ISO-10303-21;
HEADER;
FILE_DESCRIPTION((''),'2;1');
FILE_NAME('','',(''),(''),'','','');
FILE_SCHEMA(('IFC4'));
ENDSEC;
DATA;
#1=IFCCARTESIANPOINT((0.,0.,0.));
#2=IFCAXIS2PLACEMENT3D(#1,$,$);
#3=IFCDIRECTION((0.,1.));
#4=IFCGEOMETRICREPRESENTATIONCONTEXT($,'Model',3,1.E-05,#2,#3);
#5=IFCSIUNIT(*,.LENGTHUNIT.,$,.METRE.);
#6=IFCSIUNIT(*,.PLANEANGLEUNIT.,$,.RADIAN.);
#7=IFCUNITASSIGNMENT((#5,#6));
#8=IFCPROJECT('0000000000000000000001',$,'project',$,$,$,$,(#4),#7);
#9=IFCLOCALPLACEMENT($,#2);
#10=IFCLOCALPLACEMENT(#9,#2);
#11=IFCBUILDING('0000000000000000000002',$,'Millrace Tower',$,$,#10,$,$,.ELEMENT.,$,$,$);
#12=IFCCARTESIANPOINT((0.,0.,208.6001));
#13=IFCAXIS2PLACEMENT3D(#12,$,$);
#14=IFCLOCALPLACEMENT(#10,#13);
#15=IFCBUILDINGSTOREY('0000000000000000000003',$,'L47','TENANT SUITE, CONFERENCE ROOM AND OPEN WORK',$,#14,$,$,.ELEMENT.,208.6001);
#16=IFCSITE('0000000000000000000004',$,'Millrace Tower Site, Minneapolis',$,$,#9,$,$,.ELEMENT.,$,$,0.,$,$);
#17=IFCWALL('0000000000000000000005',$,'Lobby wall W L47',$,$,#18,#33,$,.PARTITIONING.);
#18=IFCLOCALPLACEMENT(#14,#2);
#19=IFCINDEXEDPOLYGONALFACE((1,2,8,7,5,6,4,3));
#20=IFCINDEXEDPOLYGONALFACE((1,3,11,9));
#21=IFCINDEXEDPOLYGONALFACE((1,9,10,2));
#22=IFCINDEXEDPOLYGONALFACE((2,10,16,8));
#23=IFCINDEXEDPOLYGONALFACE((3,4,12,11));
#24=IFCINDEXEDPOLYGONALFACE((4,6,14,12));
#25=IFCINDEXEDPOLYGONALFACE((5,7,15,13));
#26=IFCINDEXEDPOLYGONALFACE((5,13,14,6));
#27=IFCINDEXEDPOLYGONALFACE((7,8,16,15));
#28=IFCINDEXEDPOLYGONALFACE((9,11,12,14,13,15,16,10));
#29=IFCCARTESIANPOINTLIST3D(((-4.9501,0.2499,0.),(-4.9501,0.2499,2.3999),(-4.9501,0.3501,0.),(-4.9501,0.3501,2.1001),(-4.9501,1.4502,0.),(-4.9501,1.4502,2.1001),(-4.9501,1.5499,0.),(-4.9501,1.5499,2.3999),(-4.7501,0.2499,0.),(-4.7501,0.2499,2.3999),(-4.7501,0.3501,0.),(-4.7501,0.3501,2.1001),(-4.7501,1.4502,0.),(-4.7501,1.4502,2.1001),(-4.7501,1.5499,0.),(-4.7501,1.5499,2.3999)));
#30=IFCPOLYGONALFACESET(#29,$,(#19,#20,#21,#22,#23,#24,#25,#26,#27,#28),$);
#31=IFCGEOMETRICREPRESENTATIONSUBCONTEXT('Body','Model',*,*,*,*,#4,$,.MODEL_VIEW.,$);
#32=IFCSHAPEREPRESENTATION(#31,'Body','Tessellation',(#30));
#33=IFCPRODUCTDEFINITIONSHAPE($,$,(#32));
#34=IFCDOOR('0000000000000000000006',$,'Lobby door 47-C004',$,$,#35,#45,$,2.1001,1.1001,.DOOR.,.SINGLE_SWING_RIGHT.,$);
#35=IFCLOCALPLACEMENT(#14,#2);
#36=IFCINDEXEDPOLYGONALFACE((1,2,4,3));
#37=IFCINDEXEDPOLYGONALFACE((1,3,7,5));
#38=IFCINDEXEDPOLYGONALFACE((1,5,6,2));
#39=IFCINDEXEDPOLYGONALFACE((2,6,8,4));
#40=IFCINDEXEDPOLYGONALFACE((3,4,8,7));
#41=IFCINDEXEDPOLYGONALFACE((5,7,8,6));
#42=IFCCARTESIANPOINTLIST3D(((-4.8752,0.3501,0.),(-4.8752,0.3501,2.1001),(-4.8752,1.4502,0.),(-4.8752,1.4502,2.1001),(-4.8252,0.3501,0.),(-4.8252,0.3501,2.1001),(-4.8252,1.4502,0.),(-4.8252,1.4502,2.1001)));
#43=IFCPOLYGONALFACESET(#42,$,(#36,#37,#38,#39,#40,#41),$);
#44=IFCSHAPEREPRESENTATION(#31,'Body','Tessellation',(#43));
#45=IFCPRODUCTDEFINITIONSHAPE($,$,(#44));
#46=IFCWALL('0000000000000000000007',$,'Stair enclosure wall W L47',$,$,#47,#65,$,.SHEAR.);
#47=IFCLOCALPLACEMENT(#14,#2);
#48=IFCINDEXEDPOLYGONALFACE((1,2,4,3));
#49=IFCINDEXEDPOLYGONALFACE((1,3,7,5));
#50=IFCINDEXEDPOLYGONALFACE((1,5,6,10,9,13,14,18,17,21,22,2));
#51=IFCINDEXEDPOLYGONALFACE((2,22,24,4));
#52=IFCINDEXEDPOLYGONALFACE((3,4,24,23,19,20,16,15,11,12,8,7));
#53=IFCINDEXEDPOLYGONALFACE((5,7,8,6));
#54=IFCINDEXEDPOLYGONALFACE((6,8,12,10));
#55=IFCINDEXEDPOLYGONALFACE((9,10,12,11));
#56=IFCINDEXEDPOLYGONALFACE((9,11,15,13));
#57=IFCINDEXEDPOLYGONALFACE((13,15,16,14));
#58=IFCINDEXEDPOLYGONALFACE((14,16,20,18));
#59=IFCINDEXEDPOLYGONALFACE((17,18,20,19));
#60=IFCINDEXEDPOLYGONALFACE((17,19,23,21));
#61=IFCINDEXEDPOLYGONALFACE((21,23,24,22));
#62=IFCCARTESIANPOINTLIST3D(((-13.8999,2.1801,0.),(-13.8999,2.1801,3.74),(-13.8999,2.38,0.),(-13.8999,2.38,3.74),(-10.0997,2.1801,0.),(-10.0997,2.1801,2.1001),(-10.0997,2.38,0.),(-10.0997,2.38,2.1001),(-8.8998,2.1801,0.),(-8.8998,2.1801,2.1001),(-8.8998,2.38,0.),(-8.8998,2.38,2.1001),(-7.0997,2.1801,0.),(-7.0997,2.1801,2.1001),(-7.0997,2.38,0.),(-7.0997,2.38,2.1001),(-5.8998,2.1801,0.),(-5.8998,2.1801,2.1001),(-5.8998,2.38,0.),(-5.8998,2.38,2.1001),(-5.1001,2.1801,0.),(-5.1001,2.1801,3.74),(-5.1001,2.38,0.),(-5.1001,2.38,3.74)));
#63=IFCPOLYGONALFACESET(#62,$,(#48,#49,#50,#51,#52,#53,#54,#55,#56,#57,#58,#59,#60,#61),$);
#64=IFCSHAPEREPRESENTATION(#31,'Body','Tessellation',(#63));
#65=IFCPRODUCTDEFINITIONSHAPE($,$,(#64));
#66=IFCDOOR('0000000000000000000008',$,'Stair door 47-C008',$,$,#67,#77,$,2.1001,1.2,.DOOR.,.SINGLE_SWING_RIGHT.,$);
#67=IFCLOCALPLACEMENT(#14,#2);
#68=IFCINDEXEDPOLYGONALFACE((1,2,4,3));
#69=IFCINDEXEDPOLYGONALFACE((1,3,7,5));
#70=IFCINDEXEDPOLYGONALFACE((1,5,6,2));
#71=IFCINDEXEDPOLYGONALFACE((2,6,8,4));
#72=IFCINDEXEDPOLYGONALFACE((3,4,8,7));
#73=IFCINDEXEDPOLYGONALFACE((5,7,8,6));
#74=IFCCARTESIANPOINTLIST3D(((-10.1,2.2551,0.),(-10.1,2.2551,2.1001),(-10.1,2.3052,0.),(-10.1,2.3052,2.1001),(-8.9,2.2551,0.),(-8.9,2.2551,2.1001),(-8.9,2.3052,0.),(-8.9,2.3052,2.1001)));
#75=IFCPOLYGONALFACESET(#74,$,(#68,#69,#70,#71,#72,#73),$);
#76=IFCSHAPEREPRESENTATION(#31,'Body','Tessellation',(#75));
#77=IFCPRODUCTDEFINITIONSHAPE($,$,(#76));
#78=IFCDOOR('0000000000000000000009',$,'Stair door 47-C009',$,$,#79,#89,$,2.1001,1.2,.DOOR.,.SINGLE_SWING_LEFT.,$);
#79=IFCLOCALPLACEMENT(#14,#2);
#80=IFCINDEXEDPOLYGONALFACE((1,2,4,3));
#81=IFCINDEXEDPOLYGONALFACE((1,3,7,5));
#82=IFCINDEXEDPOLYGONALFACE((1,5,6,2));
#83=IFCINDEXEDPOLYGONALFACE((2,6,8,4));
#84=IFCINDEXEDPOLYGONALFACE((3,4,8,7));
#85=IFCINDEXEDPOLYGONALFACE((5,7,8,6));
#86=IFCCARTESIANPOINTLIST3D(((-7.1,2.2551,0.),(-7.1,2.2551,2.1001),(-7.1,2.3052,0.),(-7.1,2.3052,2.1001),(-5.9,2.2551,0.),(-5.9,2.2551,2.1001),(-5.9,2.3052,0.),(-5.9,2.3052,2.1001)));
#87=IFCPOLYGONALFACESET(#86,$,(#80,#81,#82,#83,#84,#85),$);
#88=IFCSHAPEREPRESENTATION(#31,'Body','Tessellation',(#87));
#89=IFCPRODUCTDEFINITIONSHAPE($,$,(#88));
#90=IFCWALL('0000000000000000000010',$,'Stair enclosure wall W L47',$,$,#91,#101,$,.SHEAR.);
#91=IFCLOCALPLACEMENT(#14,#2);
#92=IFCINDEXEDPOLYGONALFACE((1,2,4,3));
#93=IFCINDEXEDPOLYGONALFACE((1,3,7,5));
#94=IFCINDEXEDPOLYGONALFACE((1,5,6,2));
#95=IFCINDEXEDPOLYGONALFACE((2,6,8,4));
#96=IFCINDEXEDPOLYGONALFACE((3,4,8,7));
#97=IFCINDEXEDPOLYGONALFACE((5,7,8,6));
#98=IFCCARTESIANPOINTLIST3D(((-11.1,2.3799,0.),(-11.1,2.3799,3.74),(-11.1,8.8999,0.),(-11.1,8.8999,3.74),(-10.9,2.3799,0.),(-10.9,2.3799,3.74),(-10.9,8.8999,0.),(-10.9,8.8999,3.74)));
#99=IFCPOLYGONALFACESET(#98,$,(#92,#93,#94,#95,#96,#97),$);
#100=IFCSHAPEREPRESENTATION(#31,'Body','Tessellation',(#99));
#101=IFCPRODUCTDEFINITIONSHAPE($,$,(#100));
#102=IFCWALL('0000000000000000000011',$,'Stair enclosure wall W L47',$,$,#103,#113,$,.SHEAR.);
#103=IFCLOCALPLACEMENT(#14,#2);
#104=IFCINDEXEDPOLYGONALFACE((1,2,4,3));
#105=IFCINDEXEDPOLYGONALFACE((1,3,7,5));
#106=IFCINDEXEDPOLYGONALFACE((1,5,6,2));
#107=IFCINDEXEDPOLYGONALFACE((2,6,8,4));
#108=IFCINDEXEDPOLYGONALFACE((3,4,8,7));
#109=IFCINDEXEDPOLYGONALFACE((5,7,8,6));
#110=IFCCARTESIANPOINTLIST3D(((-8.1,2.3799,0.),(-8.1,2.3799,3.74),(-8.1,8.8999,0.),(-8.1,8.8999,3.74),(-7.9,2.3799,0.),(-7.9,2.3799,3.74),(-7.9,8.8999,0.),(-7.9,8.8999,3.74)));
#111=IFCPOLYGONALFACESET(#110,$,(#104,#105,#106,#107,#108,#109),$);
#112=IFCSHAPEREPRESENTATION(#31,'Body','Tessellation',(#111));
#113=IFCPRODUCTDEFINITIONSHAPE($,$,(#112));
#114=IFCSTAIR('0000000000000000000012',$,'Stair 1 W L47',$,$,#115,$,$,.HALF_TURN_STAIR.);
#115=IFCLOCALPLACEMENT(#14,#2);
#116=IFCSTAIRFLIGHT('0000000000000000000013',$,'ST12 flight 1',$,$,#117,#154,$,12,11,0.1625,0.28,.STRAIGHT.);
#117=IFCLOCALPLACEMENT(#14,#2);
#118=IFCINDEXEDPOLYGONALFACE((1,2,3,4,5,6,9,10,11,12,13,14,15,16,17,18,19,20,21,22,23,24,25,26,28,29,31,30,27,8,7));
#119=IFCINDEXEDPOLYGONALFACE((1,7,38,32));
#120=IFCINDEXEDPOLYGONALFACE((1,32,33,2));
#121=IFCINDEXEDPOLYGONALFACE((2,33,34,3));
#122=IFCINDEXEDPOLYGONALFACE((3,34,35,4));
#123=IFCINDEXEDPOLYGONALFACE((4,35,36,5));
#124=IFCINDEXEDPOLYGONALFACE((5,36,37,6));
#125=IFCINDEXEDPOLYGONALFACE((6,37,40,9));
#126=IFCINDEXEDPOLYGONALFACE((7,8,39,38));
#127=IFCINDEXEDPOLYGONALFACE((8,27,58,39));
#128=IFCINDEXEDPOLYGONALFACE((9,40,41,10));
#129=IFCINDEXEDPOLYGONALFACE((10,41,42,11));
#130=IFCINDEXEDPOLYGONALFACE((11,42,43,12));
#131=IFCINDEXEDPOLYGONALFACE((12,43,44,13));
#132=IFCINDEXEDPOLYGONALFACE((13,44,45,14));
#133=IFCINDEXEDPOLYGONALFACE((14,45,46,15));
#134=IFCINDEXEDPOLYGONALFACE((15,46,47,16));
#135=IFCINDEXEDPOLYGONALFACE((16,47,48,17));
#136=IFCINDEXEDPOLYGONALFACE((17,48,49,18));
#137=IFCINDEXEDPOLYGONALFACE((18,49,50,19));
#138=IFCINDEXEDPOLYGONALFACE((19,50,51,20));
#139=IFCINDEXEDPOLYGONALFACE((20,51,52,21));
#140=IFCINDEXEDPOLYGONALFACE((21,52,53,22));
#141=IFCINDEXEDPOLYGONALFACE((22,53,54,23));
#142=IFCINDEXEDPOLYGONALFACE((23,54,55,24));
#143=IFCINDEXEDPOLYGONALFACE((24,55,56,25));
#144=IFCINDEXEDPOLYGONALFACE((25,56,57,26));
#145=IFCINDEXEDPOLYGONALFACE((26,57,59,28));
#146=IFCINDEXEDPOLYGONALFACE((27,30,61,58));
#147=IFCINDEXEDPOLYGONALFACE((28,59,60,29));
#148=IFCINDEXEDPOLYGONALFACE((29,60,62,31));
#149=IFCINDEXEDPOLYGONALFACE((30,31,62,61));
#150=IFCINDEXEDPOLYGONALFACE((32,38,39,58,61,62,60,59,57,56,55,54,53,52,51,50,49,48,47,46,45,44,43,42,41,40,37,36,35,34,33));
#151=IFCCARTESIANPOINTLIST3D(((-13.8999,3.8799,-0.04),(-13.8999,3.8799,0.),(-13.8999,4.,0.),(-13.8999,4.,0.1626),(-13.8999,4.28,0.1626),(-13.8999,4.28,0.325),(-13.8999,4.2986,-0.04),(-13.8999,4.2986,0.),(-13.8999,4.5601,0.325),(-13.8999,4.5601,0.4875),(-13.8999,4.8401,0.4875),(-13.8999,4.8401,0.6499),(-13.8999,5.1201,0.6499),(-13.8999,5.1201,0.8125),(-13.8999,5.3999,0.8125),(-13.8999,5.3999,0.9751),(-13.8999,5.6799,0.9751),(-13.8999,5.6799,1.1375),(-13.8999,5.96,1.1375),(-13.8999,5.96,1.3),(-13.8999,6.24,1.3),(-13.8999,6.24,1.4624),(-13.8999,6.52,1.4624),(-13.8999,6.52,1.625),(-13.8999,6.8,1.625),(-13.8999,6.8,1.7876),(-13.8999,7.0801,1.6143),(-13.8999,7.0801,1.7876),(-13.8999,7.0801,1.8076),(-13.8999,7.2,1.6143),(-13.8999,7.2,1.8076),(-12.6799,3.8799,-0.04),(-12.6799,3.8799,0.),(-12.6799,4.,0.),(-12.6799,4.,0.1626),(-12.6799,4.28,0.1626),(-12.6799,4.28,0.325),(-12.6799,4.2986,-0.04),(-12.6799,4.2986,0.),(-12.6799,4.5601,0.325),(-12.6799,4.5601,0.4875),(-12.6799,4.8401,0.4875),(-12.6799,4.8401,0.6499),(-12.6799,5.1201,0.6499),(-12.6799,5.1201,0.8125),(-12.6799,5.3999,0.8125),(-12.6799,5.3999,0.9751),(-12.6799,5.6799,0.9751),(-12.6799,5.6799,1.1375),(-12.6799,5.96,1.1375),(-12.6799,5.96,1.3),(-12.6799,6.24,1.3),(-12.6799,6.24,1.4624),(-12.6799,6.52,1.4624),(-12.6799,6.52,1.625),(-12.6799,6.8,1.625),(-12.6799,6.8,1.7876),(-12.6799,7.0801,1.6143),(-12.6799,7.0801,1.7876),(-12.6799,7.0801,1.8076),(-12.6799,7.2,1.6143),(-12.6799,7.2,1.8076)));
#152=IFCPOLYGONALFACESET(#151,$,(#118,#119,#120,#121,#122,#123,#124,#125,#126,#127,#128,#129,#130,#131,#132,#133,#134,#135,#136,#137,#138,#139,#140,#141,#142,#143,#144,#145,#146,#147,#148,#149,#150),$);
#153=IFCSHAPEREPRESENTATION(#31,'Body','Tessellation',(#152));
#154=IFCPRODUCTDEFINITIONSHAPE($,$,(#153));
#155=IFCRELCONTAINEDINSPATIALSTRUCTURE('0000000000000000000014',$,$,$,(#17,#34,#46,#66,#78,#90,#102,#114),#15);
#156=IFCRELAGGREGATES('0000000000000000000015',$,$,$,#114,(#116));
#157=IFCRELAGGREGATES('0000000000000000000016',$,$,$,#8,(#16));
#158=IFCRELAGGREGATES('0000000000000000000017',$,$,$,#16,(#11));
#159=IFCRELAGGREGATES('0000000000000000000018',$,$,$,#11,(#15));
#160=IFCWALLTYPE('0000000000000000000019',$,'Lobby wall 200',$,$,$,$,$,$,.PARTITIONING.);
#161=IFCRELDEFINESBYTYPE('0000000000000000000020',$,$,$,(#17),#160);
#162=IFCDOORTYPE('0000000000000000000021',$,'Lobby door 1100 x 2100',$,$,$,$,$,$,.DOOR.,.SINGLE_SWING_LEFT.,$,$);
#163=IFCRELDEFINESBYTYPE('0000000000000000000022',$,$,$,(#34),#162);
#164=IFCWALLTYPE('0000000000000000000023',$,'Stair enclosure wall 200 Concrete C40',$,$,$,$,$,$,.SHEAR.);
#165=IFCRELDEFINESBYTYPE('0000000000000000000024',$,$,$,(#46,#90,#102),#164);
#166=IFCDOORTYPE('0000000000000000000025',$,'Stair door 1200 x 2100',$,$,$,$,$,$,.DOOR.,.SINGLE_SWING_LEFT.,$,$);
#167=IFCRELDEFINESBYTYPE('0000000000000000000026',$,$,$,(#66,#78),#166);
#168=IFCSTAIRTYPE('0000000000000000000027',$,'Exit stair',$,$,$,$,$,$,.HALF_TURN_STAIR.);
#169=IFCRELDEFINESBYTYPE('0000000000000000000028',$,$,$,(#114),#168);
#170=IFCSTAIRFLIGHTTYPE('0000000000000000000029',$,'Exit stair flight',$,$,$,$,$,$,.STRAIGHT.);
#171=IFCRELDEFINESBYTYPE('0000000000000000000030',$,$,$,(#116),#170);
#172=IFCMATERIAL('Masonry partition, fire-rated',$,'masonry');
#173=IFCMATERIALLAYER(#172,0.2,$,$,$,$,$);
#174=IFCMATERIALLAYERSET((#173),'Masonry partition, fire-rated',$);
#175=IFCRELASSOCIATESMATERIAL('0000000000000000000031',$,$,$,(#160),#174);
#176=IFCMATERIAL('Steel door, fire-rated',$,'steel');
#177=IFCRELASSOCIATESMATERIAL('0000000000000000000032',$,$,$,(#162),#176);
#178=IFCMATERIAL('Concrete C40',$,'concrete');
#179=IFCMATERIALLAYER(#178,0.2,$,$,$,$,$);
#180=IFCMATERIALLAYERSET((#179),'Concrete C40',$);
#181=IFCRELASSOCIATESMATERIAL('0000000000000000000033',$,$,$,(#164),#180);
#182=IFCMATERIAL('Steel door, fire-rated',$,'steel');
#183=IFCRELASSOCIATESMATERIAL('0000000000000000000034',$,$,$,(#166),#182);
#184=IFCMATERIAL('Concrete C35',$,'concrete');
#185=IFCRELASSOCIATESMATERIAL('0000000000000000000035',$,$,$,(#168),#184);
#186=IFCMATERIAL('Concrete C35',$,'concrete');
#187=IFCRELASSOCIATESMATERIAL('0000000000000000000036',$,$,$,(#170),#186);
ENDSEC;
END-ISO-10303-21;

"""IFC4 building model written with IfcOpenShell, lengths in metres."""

from ifc_helpers import new_model, si_unit, direction, frame, frame_2d, origin, place, context, subcontext, project, spatial, polyline, rectangle, outline, extrude, material, layer, layer_set, type_object, element, fill, aggregate, save


model = new_model("IFC4")

# Units and contexts
model_context = context("Model", 3, precision=1e-05, world=origin(), true_north=direction((0.0, 1.0)))
body_context = subcontext(model_context, "Body", "Model", "MODEL_VIEW")
ifc_project = project(units=[si_unit("LENGTHUNIT", "METRE"), si_unit("PLANEANGLEUNIT", "RADIAN")], contexts=[model_context])

# Site, building, storey
site_placement = place(None, origin())
site = spatial("IfcSite", under=ifc_project, at=site_placement, Name="Millrace Tower Site, Minneapolis", CompositionType="ELEMENT", RefElevation=0.0)
building_placement = place(site_placement, origin())
building = spatial("IfcBuilding", under=site, at=building_placement, Name="Millrace Tower", CompositionType="ELEMENT")
storey_placement = place(building_placement, frame((0.0, 0.0, 208.6001)))
storey = spatial("IfcBuildingStorey", under=building, at=storey_placement, Name="L47", Description="TENANT SUITE, CONFERENCE ROOM AND OPEN WORK", CompositionType="ELEMENT", Elevation=208.6001)

# Wall, opening, door
ifc_material_1 = material(Name="Masonry partition, fire-rated", Category="masonry")
ifc_layer_1 = layer(ifc_material_1, 0.2)
ifc_layer_set_1 = layer_set([ifc_layer_1], Name="Masonry partition, fire-rated")
wall_type_1 = type_object("IfcWallType", Name="Lobby wall 200", PredefinedType="PARTITIONING", material=ifc_layer_set_1)
wall_1_placement = place(storey_placement, frame((-4.8501, 0.25, 0.0), z_axis=(0.0, 0.0, 1.0), x_axis=(0.0, 1.0, 0.0)))
wall_1 = element("IfcWall", 1, at=wall_1_placement, inside=storey, type_object=wall_type_1, Name="Lobby wall W L47", PredefinedType="PARTITIONING", context=body_context, shape_type="SweptSolid", body=[
    extrude(rectangle(XDim=1.3, YDim=0.2, at=frame_2d((0.6499, 0.0))), origin(), (0.0, 0.0, 1.0), 2.3999),
])
opening_1_placement = place(wall_1_placement, frame((0.1001, 0.0, 0.0)))
opening_1 = element("IfcOpeningElement", 2, at=opening_1_placement, cuts=wall_1, PredefinedType="OPENING", context=body_context, shape_type="SweptSolid", body=[
    extrude(rectangle(XDim=1.1001, YDim=2.1001, at=frame_2d((0.55, 1.05))), frame((0.0, 0.1099, 0.0), z_axis=(0.0, -1.0, 0.0), x_axis=(1.0, 0.0, 0.0)), (0.0, 0.0, 1.0), 0.22),
])
ifc_material_2 = material(Name="Steel door, fire-rated", Category="steel")
door_type_1 = type_object("IfcDoorType", Name="Lobby door 1100 x 2100", OperationType="SINGLE_SWING_LEFT", PredefinedType="DOOR", material=ifc_material_2)
door_1_placement = place(opening_1_placement, frame((1.1001, 0.0, 0.0), z_axis=(0.0, 0.0, 1.0), x_axis=(-1.0, 0.0, 0.0)))
door_1 = element("IfcDoor", 3, at=door_1_placement, inside=storey, type_object=door_type_1, Name="Lobby door 47-C004", OperationType="SINGLE_SWING_RIGHT", OverallHeight=2.1001, OverallWidth=1.1001, PredefinedType="DOOR", context=body_context, shape_type="SweptSolid", body=[
    extrude(rectangle(XDim=1.1001, YDim=2.1001, at=frame_2d((0.55, 1.05))), frame((0.0, 0.0249, 0.0), z_axis=(0.0, -1.0, 0.0), x_axis=(1.0, 0.0, 0.0)), (0.0, 0.0, 1.0), 0.05),
])
fill(opening_1, door_1)

# Wall, openings, doors
ifc_material_3 = material(Name="Concrete C40", Category="concrete")
ifc_layer_2 = layer(ifc_material_3, 0.2)
ifc_layer_set_2 = layer_set([ifc_layer_2], Name="Concrete C40")
wall_type_2 = type_object("IfcWallType", Name="Stair enclosure wall 200 Concrete C40", PredefinedType="SHEAR", material=ifc_layer_set_2)
wall_2_placement = place(storey_placement, frame((-13.8999, 2.28, 0.0), z_axis=(0.0, 0.0, 1.0), x_axis=(1.0, 0.0, 0.0)))
wall_2 = element("IfcWall", 4, at=wall_2_placement, inside=storey, type_object=wall_type_2, Name="Stair enclosure wall W L47", PredefinedType="SHEAR", context=body_context, shape_type="SweptSolid", body=[
    extrude(rectangle(XDim=8.7998, YDim=0.2, at=frame_2d((4.3999, 0.0))), origin(), (0.0, 0.0, 1.0), 3.74),
])
opening_2_placement = place(wall_2_placement, frame((3.8, 0.0, 0.0)))
opening_2 = element("IfcOpeningElement", 5, at=opening_2_placement, cuts=wall_2, PredefinedType="OPENING", context=body_context, shape_type="SweptSolid", body=[
    extrude(rectangle(XDim=1.2, YDim=2.1001, at=frame_2d((0.6001, 1.05))), frame((0.0, 0.1099, 0.0), z_axis=(0.0, -1.0, 0.0), x_axis=(1.0, 0.0, 0.0)), (0.0, 0.0, 1.0), 0.22),
])
opening_3_placement = place(wall_2_placement, frame((6.8, 0.0, 0.0)))
opening_3 = element("IfcOpeningElement", 6, at=opening_3_placement, cuts=wall_2, PredefinedType="OPENING", context=body_context, shape_type="SweptSolid", body=[
    extrude(rectangle(XDim=1.2, YDim=2.1001, at=frame_2d((0.6001, 1.05))), frame((0.0, 0.1099, 0.0), z_axis=(0.0, -1.0, 0.0), x_axis=(1.0, 0.0, 0.0)), (0.0, 0.0, 1.0), 0.22),
])
ifc_material_4 = material(Name="Steel door, fire-rated", Category="steel")
door_type_2 = type_object("IfcDoorType", Name="Stair door 1200 x 2100", OperationType="SINGLE_SWING_LEFT", PredefinedType="DOOR", material=ifc_material_4)
door_2_placement = place(opening_2_placement, frame((1.2, 0.0, 0.0), z_axis=(0.0, 0.0, 1.0), x_axis=(-1.0, 0.0, 0.0)))
door_2 = element("IfcDoor", 7, at=door_2_placement, inside=storey, type_object=door_type_2, Name="Stair door 47-C008", OperationType="SINGLE_SWING_RIGHT", OverallHeight=2.1001, OverallWidth=1.2, PredefinedType="DOOR", context=body_context, shape_type="SweptSolid", body=[
    extrude(rectangle(XDim=1.2, YDim=2.1001, at=frame_2d((0.6001, 1.05))), frame((0.0, 0.0249, 0.0), z_axis=(0.0, -1.0, 0.0), x_axis=(1.0, 0.0, 0.0)), (0.0, 0.0, 1.0), 0.05),
])
fill(opening_2, door_2)
door_3_placement = place(opening_3_placement, frame((1.2, 0.0, 0.0), z_axis=(0.0, 0.0, 1.0), x_axis=(-1.0, 0.0, 0.0)))
door_3 = element("IfcDoor", 8, at=door_3_placement, inside=storey, type_object=door_type_2, Name="Stair door 47-C009", OperationType="SINGLE_SWING_LEFT", OverallHeight=2.1001, OverallWidth=1.2, PredefinedType="DOOR", context=body_context, shape_type="SweptSolid", body=[
    extrude(rectangle(XDim=1.2, YDim=2.1001, at=frame_2d((0.6001, 1.05))), frame((0.0, 0.0249, 0.0), z_axis=(0.0, -1.0, 0.0), x_axis=(1.0, 0.0, 0.0)), (0.0, 0.0, 1.0), 0.05),
])
fill(opening_3, door_3)

# Walls
for number, where, z_axis, x_axis, name in (
    (9, (-11.0, 2.3799, 0.0), (0.0, 0.0, 1.0), (0.0, 1.0, 0.0), "Stair enclosure wall W L47"),
    (10, (-8.0, 2.3799, 0.0), (0.0, 0.0, 1.0), (0.0, 1.0, 0.0), "Stair enclosure wall W L47"),
):
    element("IfcWall", number, at=place(storey_placement, frame(where, z_axis=z_axis, x_axis=x_axis)), inside=storey, type_object=wall_type_2, Name=name, PredefinedType="SHEAR", context=body_context, shape_type="SweptSolid", body=[
        extrude(rectangle(XDim=6.52, YDim=0.2, at=frame_2d((3.26, 0.0))), origin(), (0.0, 0.0, 1.0), 3.74),
    ])

# Stair, stair flight
ifc_material_5 = material(Name="Concrete C35", Category="concrete")
stair_type = type_object("IfcStairType", Name="Exit stair", PredefinedType="HALF_TURN_STAIR", material=ifc_material_5)
placement = place(storey_placement, origin())
stair_1 = element("IfcStair", 11, at=placement, inside=storey, type_object=stair_type, Name="Stair 1 W L47", PredefinedType="HALF_TURN_STAIR")
ifc_material_6 = material(Name="Concrete C35", Category="concrete")
stair_flight_type = type_object("IfcStairFlightType", Name="Exit stair flight", PredefinedType="STRAIGHT", material=ifc_material_6)
stair_flight_1_placement = place(storey_placement, frame((-13.29, 4.0, 0.0), z_axis=(0.0, 0.0, 1.0), x_axis=(0.0, 1.0, 0.0)))
stair_flight_1 = element("IfcStairFlight", 12, at=stair_flight_1_placement, type_object=stair_flight_type, Name="ST12 flight 1", NumberOfRisers=12, NumberOfTreads=11, PredefinedType="STRAIGHT", RiserHeight=0.1625, TreadLength=0.28, context=body_context, shape_type="SweptSolid", body=[
    extrude(outline(polyline([(-0.1201, -0.04), (-0.1201, 0.0), (0.0, 0.0), (0.0, 0.1626), (0.28, 0.1626), (0.28, 0.325), (0.5601, 0.325), (0.5601, 0.4875), (0.8401, 0.4875), (0.8401, 0.6499), (1.1201, 0.6499), (1.1201, 0.8125), (1.3999, 0.8125), (1.3999, 0.9751), (1.6799, 0.9751), (1.6799, 1.1375), (1.96, 1.1375), (1.96, 1.3), (2.24, 1.3), (2.24, 1.4624), (2.52, 1.4624), (2.52, 1.625), (2.8, 1.625), (2.8, 1.7876), (3.0801, 1.7876), (3.0801, 1.8076), (3.2, 1.8076), (3.2, 1.6143), (3.0801, 1.6143), (0.2986, 0.0), (0.2986, -0.04), (-0.1201, -0.04)])), frame((0.0, 0.6099, 0.0), z_axis=(0.0, -1.0, 0.0), x_axis=(1.0, 0.0, 0.0)), (0.0, 0.0, 1.0), 1.22),
])
aggregate(stair_1, [stair_flight_1])

save(model, "model.ifc")
